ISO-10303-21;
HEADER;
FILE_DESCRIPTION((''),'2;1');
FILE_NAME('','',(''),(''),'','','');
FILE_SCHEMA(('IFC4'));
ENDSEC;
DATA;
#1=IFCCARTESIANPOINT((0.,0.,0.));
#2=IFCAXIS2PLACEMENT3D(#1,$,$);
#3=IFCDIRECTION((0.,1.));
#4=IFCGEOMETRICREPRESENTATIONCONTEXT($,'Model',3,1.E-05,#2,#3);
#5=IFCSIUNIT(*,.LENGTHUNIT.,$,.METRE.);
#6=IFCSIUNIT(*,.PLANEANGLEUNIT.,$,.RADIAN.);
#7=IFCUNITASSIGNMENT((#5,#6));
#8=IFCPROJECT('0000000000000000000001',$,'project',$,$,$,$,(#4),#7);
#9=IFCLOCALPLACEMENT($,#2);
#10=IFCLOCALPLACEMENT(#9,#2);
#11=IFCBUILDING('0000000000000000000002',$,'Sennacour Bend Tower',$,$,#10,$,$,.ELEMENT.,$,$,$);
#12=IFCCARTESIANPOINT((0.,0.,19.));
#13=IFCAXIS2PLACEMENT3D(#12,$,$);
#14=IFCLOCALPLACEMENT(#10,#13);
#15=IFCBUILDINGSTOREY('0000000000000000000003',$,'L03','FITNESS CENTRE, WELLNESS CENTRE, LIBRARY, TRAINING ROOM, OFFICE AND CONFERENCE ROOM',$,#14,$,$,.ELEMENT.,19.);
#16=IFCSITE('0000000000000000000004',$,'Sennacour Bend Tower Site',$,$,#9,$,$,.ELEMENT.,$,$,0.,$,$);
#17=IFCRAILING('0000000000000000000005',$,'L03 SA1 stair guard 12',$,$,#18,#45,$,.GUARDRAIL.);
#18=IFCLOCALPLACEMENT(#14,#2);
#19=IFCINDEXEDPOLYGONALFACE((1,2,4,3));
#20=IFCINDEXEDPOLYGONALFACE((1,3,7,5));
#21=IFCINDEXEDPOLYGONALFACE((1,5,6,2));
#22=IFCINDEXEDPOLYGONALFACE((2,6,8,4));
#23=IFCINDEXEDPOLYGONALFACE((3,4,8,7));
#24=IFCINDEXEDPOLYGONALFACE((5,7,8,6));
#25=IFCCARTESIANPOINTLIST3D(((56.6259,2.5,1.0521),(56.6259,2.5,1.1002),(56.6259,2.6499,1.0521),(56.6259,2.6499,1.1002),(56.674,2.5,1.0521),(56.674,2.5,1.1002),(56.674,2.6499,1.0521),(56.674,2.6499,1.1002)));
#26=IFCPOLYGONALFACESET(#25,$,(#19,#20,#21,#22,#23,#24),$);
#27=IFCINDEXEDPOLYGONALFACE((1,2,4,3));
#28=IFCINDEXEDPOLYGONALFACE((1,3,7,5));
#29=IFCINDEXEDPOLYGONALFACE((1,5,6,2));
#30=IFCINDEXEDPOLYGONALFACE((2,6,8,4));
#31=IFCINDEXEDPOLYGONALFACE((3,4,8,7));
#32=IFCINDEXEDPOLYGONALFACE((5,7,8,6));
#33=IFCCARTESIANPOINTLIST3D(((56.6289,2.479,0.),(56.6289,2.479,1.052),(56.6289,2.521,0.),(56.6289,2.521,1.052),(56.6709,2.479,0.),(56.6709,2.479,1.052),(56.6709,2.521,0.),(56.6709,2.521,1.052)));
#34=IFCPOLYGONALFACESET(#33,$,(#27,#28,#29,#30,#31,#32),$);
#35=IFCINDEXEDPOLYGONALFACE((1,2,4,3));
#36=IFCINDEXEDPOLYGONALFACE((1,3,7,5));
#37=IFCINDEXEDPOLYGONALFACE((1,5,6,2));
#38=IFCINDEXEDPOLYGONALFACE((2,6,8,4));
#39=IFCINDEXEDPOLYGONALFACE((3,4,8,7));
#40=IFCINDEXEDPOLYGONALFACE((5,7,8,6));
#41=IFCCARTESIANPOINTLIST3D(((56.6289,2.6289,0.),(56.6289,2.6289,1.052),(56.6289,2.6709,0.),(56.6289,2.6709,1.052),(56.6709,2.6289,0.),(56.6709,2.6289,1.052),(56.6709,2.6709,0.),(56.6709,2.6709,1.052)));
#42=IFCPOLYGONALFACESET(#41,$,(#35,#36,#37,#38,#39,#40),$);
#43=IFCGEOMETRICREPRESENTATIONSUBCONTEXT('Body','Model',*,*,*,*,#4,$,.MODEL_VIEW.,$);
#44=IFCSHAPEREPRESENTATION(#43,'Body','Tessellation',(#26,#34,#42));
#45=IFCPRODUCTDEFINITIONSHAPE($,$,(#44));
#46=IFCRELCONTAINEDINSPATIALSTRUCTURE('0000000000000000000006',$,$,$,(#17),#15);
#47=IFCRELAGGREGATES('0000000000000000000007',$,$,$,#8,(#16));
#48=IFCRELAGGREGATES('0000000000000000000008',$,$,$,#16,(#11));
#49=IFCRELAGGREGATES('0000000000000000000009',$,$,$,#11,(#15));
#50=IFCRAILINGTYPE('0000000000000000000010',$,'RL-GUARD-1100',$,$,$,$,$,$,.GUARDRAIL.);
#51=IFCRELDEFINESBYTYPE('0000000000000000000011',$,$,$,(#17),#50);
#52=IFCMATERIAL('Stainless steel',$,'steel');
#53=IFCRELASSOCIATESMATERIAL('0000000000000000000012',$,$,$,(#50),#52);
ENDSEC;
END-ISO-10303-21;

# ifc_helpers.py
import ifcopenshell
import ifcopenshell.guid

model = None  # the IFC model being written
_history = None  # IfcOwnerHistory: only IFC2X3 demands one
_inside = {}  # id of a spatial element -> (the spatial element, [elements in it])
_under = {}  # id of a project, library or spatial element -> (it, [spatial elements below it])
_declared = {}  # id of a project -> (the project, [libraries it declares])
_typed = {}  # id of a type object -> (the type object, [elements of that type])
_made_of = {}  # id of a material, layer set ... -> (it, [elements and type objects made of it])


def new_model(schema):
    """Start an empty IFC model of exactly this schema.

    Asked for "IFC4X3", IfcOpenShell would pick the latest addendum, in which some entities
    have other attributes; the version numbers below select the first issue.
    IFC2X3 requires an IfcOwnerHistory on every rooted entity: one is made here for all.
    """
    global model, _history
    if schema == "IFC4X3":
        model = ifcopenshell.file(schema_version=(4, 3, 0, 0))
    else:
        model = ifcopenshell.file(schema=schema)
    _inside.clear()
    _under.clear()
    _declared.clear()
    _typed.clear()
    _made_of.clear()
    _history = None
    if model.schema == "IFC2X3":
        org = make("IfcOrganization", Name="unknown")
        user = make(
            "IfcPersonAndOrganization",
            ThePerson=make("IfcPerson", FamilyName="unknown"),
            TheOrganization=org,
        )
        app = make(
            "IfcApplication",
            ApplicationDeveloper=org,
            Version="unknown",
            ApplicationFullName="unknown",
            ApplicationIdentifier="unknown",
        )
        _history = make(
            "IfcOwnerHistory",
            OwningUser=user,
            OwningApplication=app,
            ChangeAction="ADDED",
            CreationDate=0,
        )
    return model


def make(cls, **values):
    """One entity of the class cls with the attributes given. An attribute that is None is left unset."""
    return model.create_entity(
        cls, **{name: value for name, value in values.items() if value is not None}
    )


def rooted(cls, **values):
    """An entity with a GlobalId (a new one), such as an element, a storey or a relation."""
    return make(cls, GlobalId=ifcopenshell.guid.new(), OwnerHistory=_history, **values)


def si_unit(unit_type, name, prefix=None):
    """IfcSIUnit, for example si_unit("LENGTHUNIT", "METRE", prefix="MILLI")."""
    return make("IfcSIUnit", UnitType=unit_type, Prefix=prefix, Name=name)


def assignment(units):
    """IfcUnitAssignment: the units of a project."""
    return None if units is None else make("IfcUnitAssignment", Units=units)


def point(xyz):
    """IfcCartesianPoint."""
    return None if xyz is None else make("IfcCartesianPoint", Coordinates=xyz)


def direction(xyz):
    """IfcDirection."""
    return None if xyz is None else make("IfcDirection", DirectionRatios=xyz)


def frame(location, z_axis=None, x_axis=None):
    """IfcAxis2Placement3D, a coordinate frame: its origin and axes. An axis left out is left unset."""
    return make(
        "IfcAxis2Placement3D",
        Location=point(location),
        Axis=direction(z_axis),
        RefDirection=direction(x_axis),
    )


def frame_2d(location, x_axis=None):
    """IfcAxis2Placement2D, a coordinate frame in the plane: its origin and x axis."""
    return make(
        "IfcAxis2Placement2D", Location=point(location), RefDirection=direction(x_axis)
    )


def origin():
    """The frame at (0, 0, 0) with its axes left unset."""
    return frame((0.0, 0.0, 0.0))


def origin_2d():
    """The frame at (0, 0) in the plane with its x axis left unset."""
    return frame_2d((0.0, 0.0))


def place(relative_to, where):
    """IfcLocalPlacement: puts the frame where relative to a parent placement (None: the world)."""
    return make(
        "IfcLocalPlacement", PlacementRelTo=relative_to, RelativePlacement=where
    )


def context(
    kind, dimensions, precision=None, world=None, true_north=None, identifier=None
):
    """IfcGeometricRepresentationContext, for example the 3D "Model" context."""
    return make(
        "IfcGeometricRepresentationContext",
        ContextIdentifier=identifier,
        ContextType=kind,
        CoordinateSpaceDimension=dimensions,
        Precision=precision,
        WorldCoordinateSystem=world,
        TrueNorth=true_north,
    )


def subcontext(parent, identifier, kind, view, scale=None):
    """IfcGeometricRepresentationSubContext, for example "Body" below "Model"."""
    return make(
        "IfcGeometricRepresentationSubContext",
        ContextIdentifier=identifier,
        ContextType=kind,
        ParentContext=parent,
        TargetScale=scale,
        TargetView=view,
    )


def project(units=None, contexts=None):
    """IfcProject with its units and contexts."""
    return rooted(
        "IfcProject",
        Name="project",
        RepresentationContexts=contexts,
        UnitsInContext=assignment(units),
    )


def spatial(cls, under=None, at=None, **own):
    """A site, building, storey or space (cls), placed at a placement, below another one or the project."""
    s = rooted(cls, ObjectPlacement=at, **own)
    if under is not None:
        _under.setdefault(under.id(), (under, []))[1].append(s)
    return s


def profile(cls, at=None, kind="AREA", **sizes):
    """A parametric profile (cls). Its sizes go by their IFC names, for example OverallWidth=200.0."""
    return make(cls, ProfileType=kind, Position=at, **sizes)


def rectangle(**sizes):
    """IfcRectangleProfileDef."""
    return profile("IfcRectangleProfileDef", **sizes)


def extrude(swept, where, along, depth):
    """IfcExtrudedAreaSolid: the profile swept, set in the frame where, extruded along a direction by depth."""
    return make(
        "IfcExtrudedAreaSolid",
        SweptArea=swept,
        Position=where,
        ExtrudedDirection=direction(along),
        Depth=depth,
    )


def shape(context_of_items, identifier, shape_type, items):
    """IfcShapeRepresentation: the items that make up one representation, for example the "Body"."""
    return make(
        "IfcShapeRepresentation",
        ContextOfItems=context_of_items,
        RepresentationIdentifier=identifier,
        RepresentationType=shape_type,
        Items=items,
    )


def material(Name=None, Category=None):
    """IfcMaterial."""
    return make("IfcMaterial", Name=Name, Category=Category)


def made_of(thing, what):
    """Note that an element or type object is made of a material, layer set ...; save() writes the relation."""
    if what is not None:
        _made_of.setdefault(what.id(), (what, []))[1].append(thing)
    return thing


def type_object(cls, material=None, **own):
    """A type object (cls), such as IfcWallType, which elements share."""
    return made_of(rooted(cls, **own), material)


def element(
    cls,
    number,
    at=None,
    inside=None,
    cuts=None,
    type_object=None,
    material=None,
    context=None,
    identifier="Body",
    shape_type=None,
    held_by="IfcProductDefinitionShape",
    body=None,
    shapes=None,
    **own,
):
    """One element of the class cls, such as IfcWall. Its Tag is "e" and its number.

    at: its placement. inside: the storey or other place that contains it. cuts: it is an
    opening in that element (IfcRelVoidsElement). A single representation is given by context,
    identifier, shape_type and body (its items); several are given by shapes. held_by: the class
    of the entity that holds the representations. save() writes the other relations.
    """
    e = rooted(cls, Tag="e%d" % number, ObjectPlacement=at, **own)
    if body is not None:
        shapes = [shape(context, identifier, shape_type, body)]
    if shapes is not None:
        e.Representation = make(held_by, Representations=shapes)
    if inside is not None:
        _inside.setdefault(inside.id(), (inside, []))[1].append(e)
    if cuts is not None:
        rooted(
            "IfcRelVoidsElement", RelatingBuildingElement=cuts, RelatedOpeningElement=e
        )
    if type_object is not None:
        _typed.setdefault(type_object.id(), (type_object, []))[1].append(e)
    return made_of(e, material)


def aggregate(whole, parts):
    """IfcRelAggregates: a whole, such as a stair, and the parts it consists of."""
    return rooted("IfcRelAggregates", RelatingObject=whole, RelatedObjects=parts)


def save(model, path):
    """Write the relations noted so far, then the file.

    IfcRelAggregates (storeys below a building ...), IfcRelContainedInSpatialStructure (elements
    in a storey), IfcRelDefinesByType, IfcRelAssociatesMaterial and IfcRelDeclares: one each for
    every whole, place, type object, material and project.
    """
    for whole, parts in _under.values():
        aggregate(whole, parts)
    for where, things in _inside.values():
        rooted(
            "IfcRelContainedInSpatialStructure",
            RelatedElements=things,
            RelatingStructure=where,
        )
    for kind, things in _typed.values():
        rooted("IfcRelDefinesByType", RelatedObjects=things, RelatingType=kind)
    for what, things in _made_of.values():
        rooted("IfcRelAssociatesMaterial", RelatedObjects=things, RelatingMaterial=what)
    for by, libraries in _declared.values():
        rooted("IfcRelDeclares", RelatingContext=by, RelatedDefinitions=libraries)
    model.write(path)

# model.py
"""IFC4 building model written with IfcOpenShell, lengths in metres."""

from ifc_helpers import new_model, si_unit, direction, frame, origin, origin_2d, place, context, subcontext, project, spatial, rectangle, extrude, material, type_object, element, save


model = new_model("IFC4")

# Units and contexts
model_context = context("Model", 3, precision=1e-05, world=origin(), true_north=direction((0.0, 1.0)))
body_context = subcontext(model_context, "Body", "Model", "MODEL_VIEW")
ifc_project = project(units=[si_unit("LENGTHUNIT", "METRE"), si_unit("PLANEANGLEUNIT", "RADIAN")], contexts=[model_context])

# Site, building, storey
site_placement = place(None, origin())
site = spatial("IfcSite", under=ifc_project, at=site_placement, Name="Sennacour Bend Tower Site", CompositionType="ELEMENT", RefElevation=0.0)
building_placement = place(site_placement, origin())
building = spatial("IfcBuilding", under=site, at=building_placement, Name="Sennacour Bend Tower", CompositionType="ELEMENT")
storey_placement = place(building_placement, frame((0.0, 0.0, 19.0)))
storey = spatial("IfcBuildingStorey", under=building, at=storey_placement, Name="L03", Description="FITNESS CENTRE, WELLNESS CENTRE, LIBRARY, TRAINING ROOM, OFFICE AND CONFERENCE ROOM", CompositionType="ELEMENT", Elevation=19.0)

# Shared definitions
ifc_material_1 = material(Name="Stainless steel", Category="steel")

# Railing
railing_type = type_object("IfcRailingType", Name="RL-GUARD-1100", PredefinedType="GUARDRAIL", material=ifc_material_1)
railing_1_placement = place(storey_placement, frame((56.6499, 2.5, 0.0)))
element("IfcRailing", 1, at=railing_1_placement, inside=storey, type_object=railing_type, Name="L03 SA1 stair guard 12", PredefinedType="GUARDRAIL", context=body_context, shape_type="SweptSolid", body=[
    extrude(rectangle(XDim=0.0481, YDim=0.0481, at=origin_2d()), frame((0.0, 0.0, 1.0762), z_axis=(0.0, 1.0, 0.0), x_axis=(-1.0, 0.0, 0.0)), (0.0, 0.0, 1.0), 0.1499),
    extrude(rectangle(XDim=0.042, YDim=0.042, at=origin_2d()), origin(), (0.0, 0.0, 1.0), 1.052),
    extrude(rectangle(XDim=0.042, YDim=0.042, at=origin_2d()), frame((0.0, 0.1499, 0.0)), (0.0, 0.0, 1.0), 1.052),
])

save(model, "model.ifc")
